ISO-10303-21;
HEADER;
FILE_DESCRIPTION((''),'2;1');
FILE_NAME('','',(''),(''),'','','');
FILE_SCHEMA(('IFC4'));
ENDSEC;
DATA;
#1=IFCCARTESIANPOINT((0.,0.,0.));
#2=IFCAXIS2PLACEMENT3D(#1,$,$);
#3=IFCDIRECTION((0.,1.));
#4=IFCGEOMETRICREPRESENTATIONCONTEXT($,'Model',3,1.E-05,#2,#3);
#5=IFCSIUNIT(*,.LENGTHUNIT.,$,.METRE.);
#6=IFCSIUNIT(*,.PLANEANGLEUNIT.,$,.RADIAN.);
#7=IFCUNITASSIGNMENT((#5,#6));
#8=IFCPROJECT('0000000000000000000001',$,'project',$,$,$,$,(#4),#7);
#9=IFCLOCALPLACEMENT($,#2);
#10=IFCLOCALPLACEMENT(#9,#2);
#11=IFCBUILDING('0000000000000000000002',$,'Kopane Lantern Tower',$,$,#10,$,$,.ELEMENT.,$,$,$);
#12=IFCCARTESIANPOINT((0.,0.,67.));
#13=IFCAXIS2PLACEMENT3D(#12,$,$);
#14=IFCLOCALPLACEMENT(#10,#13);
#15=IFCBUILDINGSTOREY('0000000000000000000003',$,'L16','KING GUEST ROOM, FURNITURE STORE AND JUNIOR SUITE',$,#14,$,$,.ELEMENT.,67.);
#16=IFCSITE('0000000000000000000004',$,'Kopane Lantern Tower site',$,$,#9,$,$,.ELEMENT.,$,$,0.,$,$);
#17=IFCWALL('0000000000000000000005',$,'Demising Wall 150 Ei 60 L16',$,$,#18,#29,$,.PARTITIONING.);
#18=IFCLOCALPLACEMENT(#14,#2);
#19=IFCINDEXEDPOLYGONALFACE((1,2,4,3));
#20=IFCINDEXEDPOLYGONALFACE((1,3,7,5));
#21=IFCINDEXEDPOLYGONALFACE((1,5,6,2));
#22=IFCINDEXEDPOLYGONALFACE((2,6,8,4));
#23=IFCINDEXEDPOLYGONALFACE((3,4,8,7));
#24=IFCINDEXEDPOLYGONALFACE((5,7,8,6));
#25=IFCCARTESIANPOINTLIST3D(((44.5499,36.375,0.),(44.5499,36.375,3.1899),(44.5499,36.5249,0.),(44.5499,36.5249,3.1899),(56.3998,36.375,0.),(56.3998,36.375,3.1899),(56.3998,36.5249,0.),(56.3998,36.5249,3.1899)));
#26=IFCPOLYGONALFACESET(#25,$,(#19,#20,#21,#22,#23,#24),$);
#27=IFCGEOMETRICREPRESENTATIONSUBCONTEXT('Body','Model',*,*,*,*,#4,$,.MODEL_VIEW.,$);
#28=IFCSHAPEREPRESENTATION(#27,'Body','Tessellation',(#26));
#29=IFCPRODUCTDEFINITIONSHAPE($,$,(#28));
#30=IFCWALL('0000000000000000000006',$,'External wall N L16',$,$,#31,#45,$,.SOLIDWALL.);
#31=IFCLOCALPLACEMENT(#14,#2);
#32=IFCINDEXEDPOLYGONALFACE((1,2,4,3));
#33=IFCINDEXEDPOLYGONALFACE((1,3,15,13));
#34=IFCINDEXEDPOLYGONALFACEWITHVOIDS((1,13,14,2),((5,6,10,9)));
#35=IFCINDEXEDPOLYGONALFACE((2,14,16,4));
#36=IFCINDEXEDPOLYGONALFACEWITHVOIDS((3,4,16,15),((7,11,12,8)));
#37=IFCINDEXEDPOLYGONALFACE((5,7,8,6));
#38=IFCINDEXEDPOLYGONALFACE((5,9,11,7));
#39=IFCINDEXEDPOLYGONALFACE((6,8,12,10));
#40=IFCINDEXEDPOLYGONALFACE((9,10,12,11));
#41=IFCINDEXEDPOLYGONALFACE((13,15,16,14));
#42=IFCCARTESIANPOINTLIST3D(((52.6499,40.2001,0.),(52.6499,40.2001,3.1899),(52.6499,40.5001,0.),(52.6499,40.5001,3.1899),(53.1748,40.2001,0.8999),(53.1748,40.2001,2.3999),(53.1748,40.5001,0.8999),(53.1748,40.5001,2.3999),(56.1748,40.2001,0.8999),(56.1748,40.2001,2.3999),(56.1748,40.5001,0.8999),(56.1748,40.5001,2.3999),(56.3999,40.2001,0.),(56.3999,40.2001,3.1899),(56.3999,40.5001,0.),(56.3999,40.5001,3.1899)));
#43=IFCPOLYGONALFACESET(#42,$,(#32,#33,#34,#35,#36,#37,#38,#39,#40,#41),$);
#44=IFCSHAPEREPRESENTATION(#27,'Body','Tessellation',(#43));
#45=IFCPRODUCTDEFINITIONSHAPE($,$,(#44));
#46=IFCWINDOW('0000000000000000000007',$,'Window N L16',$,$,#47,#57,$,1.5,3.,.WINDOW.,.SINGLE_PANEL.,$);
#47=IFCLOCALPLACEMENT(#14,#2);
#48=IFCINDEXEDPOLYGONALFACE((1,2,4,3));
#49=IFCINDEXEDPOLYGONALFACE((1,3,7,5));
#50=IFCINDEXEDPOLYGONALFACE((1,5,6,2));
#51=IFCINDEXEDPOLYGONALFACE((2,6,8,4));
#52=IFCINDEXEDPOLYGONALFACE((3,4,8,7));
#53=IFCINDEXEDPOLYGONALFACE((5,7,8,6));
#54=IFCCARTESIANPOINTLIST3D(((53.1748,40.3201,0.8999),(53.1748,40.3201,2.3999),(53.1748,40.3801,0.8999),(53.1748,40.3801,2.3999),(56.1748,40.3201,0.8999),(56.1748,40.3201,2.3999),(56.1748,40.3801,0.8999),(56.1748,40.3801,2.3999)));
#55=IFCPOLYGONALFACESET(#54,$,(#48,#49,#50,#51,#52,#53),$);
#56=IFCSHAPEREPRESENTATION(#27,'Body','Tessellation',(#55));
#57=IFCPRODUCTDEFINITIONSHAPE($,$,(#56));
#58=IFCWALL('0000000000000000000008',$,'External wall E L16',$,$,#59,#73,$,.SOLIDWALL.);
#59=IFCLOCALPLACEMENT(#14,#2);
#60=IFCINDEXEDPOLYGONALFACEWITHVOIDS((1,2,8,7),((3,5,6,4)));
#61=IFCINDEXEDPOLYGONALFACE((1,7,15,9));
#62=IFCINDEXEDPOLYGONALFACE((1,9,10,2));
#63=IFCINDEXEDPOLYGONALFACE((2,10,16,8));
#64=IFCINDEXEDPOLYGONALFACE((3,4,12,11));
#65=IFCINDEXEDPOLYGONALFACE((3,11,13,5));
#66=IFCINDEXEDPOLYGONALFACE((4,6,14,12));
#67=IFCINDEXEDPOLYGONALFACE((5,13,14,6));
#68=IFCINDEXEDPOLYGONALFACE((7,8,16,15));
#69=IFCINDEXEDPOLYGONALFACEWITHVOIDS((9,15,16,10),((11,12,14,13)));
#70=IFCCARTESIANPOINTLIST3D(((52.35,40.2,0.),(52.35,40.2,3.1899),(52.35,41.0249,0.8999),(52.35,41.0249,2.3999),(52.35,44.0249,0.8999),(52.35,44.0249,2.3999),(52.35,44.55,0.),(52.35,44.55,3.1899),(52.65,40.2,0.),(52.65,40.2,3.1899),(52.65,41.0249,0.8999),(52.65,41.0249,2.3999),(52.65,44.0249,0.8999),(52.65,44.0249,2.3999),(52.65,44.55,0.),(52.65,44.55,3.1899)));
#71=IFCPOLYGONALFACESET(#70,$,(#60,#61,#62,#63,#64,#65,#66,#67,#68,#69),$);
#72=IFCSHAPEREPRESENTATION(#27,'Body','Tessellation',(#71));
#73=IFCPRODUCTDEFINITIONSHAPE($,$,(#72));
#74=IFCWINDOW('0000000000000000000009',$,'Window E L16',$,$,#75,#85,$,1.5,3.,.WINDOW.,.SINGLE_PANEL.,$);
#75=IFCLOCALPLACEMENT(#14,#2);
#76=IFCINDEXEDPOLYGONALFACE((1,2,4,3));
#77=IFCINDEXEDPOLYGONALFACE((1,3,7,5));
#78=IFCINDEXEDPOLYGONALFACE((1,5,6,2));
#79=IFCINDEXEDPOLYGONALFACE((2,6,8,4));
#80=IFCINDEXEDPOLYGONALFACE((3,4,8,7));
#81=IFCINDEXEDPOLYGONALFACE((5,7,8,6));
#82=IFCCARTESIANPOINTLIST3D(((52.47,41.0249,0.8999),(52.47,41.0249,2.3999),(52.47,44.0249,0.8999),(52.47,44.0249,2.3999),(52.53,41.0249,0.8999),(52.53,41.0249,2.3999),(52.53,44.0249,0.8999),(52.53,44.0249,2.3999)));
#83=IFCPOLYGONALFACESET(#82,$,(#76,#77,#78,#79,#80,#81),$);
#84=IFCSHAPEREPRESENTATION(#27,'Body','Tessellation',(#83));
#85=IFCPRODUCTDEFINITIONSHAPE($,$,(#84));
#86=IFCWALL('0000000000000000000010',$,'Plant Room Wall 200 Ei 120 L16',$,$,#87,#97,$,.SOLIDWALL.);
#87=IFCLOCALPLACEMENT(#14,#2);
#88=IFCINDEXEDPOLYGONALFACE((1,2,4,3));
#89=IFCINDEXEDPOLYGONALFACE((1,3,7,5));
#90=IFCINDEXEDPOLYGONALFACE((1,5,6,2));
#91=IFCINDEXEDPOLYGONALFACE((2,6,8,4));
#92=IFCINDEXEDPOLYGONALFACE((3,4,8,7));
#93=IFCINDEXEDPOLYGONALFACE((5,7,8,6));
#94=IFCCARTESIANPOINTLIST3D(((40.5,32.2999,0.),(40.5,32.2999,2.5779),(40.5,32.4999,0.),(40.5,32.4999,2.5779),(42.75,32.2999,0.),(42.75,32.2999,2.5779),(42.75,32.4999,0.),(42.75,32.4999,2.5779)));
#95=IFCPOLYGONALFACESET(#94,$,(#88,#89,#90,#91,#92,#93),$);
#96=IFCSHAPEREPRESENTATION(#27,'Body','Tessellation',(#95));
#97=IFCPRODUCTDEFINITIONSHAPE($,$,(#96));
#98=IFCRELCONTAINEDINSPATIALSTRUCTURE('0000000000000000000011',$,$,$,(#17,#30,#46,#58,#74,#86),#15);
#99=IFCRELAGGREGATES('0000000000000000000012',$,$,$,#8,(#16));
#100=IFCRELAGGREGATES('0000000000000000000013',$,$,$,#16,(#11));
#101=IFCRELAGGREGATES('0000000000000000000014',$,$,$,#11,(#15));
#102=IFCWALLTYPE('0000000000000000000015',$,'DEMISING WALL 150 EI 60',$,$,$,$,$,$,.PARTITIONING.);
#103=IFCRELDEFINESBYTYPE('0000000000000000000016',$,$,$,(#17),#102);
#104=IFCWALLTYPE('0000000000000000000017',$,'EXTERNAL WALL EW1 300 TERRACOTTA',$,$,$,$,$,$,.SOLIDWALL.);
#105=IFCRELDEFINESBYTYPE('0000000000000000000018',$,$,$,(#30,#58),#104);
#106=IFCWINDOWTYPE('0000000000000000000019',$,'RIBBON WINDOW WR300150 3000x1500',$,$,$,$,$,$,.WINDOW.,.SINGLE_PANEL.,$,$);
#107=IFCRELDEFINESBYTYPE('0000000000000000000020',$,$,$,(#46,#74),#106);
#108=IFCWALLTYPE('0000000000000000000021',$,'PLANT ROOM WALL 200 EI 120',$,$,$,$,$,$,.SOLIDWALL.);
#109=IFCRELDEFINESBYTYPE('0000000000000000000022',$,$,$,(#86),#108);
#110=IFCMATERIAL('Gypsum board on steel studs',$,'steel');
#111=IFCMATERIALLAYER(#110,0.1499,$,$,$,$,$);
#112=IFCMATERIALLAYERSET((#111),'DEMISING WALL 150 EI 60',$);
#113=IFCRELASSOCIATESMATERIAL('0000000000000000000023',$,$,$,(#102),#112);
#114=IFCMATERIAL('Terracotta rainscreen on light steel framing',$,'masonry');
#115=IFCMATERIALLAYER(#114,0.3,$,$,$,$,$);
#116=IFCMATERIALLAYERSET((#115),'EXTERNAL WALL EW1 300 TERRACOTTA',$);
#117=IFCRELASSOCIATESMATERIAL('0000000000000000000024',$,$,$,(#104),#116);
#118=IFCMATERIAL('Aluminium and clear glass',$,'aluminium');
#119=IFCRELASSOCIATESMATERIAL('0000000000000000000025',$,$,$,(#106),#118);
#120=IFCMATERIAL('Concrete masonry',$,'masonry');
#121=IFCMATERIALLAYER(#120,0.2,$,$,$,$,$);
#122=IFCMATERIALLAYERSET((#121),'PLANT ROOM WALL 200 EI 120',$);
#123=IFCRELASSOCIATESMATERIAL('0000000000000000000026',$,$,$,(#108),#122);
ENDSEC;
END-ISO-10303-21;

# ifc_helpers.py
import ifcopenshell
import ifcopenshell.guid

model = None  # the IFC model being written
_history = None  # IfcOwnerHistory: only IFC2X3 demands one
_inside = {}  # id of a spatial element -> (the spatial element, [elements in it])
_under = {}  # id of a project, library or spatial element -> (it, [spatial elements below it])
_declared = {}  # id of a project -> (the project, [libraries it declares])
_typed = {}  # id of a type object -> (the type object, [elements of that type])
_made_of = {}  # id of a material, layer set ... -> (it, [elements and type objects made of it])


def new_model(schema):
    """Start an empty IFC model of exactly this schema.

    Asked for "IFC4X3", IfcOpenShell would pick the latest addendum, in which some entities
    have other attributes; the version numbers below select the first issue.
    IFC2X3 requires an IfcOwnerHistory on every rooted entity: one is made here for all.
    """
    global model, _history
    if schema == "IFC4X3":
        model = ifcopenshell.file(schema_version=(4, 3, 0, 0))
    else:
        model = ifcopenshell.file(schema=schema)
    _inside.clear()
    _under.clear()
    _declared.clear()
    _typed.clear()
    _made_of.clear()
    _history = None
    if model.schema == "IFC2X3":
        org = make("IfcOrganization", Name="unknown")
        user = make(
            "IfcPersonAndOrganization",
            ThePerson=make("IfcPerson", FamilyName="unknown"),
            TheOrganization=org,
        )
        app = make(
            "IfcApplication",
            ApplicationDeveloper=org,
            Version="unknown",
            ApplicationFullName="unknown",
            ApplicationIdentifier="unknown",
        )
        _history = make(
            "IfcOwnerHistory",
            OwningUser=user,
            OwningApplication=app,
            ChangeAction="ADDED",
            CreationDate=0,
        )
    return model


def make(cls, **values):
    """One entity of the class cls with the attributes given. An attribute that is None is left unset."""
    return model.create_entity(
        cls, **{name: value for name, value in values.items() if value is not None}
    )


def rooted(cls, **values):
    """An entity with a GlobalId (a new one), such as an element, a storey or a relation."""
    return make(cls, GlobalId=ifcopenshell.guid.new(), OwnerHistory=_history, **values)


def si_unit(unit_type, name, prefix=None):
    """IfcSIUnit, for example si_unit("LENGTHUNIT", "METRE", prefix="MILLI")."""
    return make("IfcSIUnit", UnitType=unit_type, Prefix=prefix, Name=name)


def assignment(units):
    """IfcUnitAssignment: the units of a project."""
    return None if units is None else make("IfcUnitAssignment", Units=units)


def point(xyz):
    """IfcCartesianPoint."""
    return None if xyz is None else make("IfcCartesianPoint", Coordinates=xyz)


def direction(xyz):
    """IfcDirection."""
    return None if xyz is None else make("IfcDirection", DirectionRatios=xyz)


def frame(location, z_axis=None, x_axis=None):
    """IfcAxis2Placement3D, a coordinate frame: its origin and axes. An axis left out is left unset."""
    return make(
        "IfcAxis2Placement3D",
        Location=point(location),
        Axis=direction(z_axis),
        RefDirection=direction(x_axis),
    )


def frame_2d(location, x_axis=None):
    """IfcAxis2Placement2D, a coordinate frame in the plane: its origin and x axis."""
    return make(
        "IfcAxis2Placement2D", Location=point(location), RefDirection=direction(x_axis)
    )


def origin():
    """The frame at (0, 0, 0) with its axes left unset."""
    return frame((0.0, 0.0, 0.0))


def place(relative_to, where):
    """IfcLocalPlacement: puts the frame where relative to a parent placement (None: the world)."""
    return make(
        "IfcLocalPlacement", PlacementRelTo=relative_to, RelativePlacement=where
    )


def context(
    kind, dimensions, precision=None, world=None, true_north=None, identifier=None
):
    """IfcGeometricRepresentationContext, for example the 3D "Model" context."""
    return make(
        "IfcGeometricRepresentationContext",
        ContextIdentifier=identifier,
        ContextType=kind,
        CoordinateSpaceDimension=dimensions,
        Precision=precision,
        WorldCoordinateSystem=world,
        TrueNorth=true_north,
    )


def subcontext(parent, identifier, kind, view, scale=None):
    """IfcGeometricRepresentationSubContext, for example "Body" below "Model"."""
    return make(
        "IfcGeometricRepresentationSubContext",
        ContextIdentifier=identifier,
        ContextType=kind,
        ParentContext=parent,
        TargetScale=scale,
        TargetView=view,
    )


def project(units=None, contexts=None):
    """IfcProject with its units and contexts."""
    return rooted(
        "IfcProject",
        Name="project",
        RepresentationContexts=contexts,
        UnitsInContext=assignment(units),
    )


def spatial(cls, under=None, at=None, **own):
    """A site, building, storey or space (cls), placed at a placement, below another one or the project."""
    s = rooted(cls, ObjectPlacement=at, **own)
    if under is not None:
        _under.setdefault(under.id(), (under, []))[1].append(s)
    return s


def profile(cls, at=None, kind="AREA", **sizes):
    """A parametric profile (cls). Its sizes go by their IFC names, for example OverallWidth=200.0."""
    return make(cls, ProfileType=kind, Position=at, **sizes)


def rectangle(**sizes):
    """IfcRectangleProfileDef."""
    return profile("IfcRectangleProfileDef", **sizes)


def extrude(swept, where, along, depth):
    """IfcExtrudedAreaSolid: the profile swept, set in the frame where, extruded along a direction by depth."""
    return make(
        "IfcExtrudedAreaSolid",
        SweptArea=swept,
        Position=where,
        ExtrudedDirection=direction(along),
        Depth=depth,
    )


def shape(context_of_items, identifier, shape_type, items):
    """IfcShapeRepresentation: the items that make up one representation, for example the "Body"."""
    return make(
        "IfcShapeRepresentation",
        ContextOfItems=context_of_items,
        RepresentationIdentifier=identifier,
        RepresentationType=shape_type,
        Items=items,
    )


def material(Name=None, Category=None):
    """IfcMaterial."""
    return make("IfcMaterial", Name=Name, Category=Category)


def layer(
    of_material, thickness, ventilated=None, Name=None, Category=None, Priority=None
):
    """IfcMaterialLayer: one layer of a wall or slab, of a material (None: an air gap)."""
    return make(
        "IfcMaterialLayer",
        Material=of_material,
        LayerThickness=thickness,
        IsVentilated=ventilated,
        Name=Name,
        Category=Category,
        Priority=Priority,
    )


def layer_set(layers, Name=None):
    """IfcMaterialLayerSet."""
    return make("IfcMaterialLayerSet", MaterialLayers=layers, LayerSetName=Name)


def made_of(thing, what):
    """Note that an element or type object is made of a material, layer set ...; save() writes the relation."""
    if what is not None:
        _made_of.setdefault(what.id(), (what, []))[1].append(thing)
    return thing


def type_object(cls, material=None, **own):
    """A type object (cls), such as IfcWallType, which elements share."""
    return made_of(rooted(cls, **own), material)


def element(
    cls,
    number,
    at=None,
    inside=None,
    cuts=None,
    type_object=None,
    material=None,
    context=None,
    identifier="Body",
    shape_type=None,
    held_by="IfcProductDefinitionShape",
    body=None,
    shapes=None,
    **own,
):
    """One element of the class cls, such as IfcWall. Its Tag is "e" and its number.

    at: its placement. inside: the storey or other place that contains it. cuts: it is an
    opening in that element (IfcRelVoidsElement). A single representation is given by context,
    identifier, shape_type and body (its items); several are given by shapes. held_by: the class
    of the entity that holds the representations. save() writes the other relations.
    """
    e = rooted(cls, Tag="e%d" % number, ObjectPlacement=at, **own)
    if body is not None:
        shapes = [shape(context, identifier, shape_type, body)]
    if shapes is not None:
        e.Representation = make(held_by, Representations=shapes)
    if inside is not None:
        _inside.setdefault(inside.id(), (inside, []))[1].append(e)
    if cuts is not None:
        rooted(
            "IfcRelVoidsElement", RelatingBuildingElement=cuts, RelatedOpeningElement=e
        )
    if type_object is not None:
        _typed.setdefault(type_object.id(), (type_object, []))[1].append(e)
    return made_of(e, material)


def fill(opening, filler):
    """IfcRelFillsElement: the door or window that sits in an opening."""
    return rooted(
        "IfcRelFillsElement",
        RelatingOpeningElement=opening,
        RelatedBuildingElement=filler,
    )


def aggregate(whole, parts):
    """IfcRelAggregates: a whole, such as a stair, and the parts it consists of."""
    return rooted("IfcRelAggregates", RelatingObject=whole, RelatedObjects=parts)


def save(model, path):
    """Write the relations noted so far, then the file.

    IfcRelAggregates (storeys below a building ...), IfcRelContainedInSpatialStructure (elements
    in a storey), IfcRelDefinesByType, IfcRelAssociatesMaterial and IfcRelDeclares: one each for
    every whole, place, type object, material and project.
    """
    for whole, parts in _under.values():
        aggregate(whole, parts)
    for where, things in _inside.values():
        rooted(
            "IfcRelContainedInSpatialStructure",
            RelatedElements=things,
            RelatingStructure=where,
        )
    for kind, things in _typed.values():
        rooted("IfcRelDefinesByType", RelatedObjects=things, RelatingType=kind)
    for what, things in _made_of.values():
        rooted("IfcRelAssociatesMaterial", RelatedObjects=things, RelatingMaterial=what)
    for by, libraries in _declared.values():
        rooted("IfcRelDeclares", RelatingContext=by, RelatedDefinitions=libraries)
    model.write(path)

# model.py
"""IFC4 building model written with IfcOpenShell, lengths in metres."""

from ifc_helpers import new_model, si_unit, direction, frame, frame_2d, origin, place, context, subcontext, project, spatial, rectangle, extrude, material, layer, layer_set, type_object, element, fill, save


model = new_model("IFC4")

# Units and contexts
model_context = context("Model", 3, precision=1e-05, world=origin(), true_north=direction((0.0, 1.0)))
body_context = subcontext(model_context, "Body", "Model", "MODEL_VIEW")
ifc_project = project(units=[si_unit("LENGTHUNIT", "METRE"), si_unit("PLANEANGLEUNIT", "RADIAN")], contexts=[model_context])

# Site, building, storey
site_placement = place(None, origin())
site = spatial("IfcSite", under=ifc_project, at=site_placement, Name="Kopane Lantern Tower site", CompositionType="ELEMENT", RefElevation=0.0)
building_placement = place(site_placement, origin())
building = spatial("IfcBuilding", under=site, at=building_placement, Name="Kopane Lantern Tower", CompositionType="ELEMENT")
storey_placement = place(building_placement, frame((0.0, 0.0, 67.0)))
storey = spatial("IfcBuildingStorey", under=building, at=storey_placement, Name="L16", Description="KING GUEST ROOM, FURNITURE STORE AND JUNIOR SUITE", CompositionType="ELEMENT", Elevation=67.0)

# Wall
ifc_material_1 = material(Name="Gypsum board on steel studs", Category="steel")
ifc_layer_1 = layer(ifc_material_1, 0.1499)
ifc_layer_set_1 = layer_set([ifc_layer_1], Name="DEMISING WALL 150 EI 60")
wall_type_1 = type_object("IfcWallType", Name="DEMISING WALL 150 EI 60", PredefinedType="PARTITIONING", material=ifc_layer_set_1)
for number, where, z_axis, x_axis, name in (
    (1, (44.55, 36.45, 0.0), (0.0, 0.0, 1.0), (1.0, 0.0, 0.0), "Demising Wall 150 Ei 60 L16"),
):
    element("IfcWall", number, at=place(storey_placement, frame(where, z_axis=z_axis, x_axis=x_axis)), inside=storey, type_object=wall_type_1, Name=name, PredefinedType="PARTITIONING", context=body_context, shape_type="SweptSolid", body=[
        extrude(rectangle(XDim=11.8499, YDim=0.1499, at=frame_2d((5.9248, 0.0))), origin(), (0.0, 0.0, 1.0), 3.1899),
    ])

# Walls, openings, windows
ifc_material_2 = material(Name="Terracotta rainscreen on light steel framing", Category="masonry")
ifc_layer_2 = layer(ifc_material_2, 0.3)
ifc_layer_set_2 = layer_set([ifc_layer_2], Name="EXTERNAL WALL EW1 300 TERRACOTTA")
wall_type_2 = type_object("IfcWallType", Name="EXTERNAL WALL EW1 300 TERRACOTTA", PredefinedType="SOLIDWALL", material=ifc_layer_set_2)
wall_1_placement = place(storey_placement, frame((56.3999, 40.3501, 0.0), z_axis=(0.0, 0.0, 1.0), x_axis=(-1.0, 0.0, 0.0)))
wall_1 = element("IfcWall", 2, at=wall_1_placement, inside=storey, type_object=wall_type_2, Name="External wall N L16", PredefinedType="SOLIDWALL", context=body_context, shape_type="SweptSolid", body=[
    extrude(rectangle(XDim=3.75, YDim=0.3, at=frame_2d((1.875, 0.0))), origin(), (0.0, 0.0, 1.0), 3.1899),
])
opening_1_placement = place(wall_1_placement, frame((0.2251, 0.0, 0.8999)))
opening_1 = element("IfcOpeningElement", 3, at=opening_1_placement, cuts=wall_1, PredefinedType="OPENING", context=body_context, shape_type="SweptSolid", body=[
    extrude(rectangle(XDim=3.0, YDim=1.5, at=frame_2d((1.5, 0.75))), frame((0.0, 0.1599, 0.0), z_axis=(0.0, -1.0, 0.0), x_axis=(1.0, 0.0, 0.0)), (0.0, 0.0, 1.0), 0.3201),
])
ifc_material_3 = material(Name="Aluminium and clear glass", Category="aluminium")
window_type = type_object("IfcWindowType", Name="RIBBON WINDOW WR300150 3000x1500", PartitioningType="SINGLE_PANEL", PredefinedType="WINDOW", material=ifc_material_3)
window_1_placement = place(opening_1_placement, origin())
window_1 = element("IfcWindow", 4, at=window_1_placement, inside=storey, type_object=window_type, Name="Window N L16", OverallHeight=1.5, OverallWidth=3.0, PartitioningType="SINGLE_PANEL", PredefinedType="WINDOW", context=body_context, shape_type="SweptSolid", body=[
    extrude(rectangle(XDim=3.0, YDim=1.5, at=frame_2d((1.5, 0.75))), frame((0.0, 0.03, 0.0), z_axis=(0.0, -1.0, 0.0), x_axis=(1.0, 0.0, 0.0)), (0.0, 0.0, 1.0), 0.0601),
])
fill(opening_1, window_1)
wall_2_placement = place(storey_placement, frame((52.5, 40.2, 0.0), z_axis=(0.0, 0.0, 1.0), x_axis=(0.0, 1.0, 0.0)))
wall_2 = element("IfcWall", 5, at=wall_2_placement, inside=storey, type_object=wall_type_2, Name="External wall E L16", PredefinedType="SOLIDWALL", context=body_context, shape_type="SweptSolid", body=[
    extrude(rectangle(XDim=4.3501, YDim=0.3, at=frame_2d((2.175, 0.0))), origin(), (0.0, 0.0, 1.0), 3.1899),
])
opening_2_placement = place(wall_2_placement, frame((0.825, 0.0, 0.8999)))
opening_2 = element("IfcOpeningElement", 6, at=opening_2_placement, cuts=wall_2, PredefinedType="OPENING", context=body_context, shape_type="SweptSolid", body=[
    extrude(rectangle(XDim=3.0, YDim=1.5, at=frame_2d((1.5, 0.75))), frame((0.0, 0.1599, 0.0), z_axis=(0.0, -1.0, 0.0), x_axis=(1.0, 0.0, 0.0)), (0.0, 0.0, 1.0), 0.3201),
])
window_2_placement = place(opening_2_placement, origin())
window_2 = element("IfcWindow", 7, at=window_2_placement, inside=storey, type_object=window_type, Name="Window E L16", OverallHeight=1.5, OverallWidth=3.0, PartitioningType="SINGLE_PANEL", PredefinedType="WINDOW", context=body_context, shape_type="SweptSolid", body=[
    extrude(rectangle(XDim=3.0, YDim=1.5, at=frame_2d((1.5, 0.75))), frame((0.0, 0.03, 0.0), z_axis=(0.0, -1.0, 0.0), x_axis=(1.0, 0.0, 0.0)), (0.0, 0.0, 1.0), 0.0601),
])
fill(opening_2, window_2)

# Wall
ifc_material_4 = material(Name="Concrete masonry", Category="masonry")
ifc_layer_3 = layer(ifc_material_4, 0.2)
ifc_layer_set_3 = layer_set([ifc_layer_3], Name="PLANT ROOM WALL 200 EI 120")
wall_type_3 = type_object("IfcWallType", Name="PLANT ROOM WALL 200 EI 120", PredefinedType="SOLIDWALL", material=ifc_layer_set_3)
wall_3_placement = place(storey_placement, frame((40.5, 32.3999, 0.0), z_axis=(0.0, 0.0, 1.0), x_axis=(1.0, 0.0, 0.0)))
element("IfcWall", 8, at=wall_3_placement, inside=storey, type_object=wall_type_3, Name="Plant Room Wall 200 Ei 120 L16", PredefinedType="SOLIDWALL", context=body_context, shape_type="SweptSolid", body=[
    extrude(rectangle(XDim=2.25, YDim=0.2, at=frame_2d((1.125, 0.0))), origin(), (0.0, 0.0, 1.0), 2.5779),
])

save(model, "model.ifc")
